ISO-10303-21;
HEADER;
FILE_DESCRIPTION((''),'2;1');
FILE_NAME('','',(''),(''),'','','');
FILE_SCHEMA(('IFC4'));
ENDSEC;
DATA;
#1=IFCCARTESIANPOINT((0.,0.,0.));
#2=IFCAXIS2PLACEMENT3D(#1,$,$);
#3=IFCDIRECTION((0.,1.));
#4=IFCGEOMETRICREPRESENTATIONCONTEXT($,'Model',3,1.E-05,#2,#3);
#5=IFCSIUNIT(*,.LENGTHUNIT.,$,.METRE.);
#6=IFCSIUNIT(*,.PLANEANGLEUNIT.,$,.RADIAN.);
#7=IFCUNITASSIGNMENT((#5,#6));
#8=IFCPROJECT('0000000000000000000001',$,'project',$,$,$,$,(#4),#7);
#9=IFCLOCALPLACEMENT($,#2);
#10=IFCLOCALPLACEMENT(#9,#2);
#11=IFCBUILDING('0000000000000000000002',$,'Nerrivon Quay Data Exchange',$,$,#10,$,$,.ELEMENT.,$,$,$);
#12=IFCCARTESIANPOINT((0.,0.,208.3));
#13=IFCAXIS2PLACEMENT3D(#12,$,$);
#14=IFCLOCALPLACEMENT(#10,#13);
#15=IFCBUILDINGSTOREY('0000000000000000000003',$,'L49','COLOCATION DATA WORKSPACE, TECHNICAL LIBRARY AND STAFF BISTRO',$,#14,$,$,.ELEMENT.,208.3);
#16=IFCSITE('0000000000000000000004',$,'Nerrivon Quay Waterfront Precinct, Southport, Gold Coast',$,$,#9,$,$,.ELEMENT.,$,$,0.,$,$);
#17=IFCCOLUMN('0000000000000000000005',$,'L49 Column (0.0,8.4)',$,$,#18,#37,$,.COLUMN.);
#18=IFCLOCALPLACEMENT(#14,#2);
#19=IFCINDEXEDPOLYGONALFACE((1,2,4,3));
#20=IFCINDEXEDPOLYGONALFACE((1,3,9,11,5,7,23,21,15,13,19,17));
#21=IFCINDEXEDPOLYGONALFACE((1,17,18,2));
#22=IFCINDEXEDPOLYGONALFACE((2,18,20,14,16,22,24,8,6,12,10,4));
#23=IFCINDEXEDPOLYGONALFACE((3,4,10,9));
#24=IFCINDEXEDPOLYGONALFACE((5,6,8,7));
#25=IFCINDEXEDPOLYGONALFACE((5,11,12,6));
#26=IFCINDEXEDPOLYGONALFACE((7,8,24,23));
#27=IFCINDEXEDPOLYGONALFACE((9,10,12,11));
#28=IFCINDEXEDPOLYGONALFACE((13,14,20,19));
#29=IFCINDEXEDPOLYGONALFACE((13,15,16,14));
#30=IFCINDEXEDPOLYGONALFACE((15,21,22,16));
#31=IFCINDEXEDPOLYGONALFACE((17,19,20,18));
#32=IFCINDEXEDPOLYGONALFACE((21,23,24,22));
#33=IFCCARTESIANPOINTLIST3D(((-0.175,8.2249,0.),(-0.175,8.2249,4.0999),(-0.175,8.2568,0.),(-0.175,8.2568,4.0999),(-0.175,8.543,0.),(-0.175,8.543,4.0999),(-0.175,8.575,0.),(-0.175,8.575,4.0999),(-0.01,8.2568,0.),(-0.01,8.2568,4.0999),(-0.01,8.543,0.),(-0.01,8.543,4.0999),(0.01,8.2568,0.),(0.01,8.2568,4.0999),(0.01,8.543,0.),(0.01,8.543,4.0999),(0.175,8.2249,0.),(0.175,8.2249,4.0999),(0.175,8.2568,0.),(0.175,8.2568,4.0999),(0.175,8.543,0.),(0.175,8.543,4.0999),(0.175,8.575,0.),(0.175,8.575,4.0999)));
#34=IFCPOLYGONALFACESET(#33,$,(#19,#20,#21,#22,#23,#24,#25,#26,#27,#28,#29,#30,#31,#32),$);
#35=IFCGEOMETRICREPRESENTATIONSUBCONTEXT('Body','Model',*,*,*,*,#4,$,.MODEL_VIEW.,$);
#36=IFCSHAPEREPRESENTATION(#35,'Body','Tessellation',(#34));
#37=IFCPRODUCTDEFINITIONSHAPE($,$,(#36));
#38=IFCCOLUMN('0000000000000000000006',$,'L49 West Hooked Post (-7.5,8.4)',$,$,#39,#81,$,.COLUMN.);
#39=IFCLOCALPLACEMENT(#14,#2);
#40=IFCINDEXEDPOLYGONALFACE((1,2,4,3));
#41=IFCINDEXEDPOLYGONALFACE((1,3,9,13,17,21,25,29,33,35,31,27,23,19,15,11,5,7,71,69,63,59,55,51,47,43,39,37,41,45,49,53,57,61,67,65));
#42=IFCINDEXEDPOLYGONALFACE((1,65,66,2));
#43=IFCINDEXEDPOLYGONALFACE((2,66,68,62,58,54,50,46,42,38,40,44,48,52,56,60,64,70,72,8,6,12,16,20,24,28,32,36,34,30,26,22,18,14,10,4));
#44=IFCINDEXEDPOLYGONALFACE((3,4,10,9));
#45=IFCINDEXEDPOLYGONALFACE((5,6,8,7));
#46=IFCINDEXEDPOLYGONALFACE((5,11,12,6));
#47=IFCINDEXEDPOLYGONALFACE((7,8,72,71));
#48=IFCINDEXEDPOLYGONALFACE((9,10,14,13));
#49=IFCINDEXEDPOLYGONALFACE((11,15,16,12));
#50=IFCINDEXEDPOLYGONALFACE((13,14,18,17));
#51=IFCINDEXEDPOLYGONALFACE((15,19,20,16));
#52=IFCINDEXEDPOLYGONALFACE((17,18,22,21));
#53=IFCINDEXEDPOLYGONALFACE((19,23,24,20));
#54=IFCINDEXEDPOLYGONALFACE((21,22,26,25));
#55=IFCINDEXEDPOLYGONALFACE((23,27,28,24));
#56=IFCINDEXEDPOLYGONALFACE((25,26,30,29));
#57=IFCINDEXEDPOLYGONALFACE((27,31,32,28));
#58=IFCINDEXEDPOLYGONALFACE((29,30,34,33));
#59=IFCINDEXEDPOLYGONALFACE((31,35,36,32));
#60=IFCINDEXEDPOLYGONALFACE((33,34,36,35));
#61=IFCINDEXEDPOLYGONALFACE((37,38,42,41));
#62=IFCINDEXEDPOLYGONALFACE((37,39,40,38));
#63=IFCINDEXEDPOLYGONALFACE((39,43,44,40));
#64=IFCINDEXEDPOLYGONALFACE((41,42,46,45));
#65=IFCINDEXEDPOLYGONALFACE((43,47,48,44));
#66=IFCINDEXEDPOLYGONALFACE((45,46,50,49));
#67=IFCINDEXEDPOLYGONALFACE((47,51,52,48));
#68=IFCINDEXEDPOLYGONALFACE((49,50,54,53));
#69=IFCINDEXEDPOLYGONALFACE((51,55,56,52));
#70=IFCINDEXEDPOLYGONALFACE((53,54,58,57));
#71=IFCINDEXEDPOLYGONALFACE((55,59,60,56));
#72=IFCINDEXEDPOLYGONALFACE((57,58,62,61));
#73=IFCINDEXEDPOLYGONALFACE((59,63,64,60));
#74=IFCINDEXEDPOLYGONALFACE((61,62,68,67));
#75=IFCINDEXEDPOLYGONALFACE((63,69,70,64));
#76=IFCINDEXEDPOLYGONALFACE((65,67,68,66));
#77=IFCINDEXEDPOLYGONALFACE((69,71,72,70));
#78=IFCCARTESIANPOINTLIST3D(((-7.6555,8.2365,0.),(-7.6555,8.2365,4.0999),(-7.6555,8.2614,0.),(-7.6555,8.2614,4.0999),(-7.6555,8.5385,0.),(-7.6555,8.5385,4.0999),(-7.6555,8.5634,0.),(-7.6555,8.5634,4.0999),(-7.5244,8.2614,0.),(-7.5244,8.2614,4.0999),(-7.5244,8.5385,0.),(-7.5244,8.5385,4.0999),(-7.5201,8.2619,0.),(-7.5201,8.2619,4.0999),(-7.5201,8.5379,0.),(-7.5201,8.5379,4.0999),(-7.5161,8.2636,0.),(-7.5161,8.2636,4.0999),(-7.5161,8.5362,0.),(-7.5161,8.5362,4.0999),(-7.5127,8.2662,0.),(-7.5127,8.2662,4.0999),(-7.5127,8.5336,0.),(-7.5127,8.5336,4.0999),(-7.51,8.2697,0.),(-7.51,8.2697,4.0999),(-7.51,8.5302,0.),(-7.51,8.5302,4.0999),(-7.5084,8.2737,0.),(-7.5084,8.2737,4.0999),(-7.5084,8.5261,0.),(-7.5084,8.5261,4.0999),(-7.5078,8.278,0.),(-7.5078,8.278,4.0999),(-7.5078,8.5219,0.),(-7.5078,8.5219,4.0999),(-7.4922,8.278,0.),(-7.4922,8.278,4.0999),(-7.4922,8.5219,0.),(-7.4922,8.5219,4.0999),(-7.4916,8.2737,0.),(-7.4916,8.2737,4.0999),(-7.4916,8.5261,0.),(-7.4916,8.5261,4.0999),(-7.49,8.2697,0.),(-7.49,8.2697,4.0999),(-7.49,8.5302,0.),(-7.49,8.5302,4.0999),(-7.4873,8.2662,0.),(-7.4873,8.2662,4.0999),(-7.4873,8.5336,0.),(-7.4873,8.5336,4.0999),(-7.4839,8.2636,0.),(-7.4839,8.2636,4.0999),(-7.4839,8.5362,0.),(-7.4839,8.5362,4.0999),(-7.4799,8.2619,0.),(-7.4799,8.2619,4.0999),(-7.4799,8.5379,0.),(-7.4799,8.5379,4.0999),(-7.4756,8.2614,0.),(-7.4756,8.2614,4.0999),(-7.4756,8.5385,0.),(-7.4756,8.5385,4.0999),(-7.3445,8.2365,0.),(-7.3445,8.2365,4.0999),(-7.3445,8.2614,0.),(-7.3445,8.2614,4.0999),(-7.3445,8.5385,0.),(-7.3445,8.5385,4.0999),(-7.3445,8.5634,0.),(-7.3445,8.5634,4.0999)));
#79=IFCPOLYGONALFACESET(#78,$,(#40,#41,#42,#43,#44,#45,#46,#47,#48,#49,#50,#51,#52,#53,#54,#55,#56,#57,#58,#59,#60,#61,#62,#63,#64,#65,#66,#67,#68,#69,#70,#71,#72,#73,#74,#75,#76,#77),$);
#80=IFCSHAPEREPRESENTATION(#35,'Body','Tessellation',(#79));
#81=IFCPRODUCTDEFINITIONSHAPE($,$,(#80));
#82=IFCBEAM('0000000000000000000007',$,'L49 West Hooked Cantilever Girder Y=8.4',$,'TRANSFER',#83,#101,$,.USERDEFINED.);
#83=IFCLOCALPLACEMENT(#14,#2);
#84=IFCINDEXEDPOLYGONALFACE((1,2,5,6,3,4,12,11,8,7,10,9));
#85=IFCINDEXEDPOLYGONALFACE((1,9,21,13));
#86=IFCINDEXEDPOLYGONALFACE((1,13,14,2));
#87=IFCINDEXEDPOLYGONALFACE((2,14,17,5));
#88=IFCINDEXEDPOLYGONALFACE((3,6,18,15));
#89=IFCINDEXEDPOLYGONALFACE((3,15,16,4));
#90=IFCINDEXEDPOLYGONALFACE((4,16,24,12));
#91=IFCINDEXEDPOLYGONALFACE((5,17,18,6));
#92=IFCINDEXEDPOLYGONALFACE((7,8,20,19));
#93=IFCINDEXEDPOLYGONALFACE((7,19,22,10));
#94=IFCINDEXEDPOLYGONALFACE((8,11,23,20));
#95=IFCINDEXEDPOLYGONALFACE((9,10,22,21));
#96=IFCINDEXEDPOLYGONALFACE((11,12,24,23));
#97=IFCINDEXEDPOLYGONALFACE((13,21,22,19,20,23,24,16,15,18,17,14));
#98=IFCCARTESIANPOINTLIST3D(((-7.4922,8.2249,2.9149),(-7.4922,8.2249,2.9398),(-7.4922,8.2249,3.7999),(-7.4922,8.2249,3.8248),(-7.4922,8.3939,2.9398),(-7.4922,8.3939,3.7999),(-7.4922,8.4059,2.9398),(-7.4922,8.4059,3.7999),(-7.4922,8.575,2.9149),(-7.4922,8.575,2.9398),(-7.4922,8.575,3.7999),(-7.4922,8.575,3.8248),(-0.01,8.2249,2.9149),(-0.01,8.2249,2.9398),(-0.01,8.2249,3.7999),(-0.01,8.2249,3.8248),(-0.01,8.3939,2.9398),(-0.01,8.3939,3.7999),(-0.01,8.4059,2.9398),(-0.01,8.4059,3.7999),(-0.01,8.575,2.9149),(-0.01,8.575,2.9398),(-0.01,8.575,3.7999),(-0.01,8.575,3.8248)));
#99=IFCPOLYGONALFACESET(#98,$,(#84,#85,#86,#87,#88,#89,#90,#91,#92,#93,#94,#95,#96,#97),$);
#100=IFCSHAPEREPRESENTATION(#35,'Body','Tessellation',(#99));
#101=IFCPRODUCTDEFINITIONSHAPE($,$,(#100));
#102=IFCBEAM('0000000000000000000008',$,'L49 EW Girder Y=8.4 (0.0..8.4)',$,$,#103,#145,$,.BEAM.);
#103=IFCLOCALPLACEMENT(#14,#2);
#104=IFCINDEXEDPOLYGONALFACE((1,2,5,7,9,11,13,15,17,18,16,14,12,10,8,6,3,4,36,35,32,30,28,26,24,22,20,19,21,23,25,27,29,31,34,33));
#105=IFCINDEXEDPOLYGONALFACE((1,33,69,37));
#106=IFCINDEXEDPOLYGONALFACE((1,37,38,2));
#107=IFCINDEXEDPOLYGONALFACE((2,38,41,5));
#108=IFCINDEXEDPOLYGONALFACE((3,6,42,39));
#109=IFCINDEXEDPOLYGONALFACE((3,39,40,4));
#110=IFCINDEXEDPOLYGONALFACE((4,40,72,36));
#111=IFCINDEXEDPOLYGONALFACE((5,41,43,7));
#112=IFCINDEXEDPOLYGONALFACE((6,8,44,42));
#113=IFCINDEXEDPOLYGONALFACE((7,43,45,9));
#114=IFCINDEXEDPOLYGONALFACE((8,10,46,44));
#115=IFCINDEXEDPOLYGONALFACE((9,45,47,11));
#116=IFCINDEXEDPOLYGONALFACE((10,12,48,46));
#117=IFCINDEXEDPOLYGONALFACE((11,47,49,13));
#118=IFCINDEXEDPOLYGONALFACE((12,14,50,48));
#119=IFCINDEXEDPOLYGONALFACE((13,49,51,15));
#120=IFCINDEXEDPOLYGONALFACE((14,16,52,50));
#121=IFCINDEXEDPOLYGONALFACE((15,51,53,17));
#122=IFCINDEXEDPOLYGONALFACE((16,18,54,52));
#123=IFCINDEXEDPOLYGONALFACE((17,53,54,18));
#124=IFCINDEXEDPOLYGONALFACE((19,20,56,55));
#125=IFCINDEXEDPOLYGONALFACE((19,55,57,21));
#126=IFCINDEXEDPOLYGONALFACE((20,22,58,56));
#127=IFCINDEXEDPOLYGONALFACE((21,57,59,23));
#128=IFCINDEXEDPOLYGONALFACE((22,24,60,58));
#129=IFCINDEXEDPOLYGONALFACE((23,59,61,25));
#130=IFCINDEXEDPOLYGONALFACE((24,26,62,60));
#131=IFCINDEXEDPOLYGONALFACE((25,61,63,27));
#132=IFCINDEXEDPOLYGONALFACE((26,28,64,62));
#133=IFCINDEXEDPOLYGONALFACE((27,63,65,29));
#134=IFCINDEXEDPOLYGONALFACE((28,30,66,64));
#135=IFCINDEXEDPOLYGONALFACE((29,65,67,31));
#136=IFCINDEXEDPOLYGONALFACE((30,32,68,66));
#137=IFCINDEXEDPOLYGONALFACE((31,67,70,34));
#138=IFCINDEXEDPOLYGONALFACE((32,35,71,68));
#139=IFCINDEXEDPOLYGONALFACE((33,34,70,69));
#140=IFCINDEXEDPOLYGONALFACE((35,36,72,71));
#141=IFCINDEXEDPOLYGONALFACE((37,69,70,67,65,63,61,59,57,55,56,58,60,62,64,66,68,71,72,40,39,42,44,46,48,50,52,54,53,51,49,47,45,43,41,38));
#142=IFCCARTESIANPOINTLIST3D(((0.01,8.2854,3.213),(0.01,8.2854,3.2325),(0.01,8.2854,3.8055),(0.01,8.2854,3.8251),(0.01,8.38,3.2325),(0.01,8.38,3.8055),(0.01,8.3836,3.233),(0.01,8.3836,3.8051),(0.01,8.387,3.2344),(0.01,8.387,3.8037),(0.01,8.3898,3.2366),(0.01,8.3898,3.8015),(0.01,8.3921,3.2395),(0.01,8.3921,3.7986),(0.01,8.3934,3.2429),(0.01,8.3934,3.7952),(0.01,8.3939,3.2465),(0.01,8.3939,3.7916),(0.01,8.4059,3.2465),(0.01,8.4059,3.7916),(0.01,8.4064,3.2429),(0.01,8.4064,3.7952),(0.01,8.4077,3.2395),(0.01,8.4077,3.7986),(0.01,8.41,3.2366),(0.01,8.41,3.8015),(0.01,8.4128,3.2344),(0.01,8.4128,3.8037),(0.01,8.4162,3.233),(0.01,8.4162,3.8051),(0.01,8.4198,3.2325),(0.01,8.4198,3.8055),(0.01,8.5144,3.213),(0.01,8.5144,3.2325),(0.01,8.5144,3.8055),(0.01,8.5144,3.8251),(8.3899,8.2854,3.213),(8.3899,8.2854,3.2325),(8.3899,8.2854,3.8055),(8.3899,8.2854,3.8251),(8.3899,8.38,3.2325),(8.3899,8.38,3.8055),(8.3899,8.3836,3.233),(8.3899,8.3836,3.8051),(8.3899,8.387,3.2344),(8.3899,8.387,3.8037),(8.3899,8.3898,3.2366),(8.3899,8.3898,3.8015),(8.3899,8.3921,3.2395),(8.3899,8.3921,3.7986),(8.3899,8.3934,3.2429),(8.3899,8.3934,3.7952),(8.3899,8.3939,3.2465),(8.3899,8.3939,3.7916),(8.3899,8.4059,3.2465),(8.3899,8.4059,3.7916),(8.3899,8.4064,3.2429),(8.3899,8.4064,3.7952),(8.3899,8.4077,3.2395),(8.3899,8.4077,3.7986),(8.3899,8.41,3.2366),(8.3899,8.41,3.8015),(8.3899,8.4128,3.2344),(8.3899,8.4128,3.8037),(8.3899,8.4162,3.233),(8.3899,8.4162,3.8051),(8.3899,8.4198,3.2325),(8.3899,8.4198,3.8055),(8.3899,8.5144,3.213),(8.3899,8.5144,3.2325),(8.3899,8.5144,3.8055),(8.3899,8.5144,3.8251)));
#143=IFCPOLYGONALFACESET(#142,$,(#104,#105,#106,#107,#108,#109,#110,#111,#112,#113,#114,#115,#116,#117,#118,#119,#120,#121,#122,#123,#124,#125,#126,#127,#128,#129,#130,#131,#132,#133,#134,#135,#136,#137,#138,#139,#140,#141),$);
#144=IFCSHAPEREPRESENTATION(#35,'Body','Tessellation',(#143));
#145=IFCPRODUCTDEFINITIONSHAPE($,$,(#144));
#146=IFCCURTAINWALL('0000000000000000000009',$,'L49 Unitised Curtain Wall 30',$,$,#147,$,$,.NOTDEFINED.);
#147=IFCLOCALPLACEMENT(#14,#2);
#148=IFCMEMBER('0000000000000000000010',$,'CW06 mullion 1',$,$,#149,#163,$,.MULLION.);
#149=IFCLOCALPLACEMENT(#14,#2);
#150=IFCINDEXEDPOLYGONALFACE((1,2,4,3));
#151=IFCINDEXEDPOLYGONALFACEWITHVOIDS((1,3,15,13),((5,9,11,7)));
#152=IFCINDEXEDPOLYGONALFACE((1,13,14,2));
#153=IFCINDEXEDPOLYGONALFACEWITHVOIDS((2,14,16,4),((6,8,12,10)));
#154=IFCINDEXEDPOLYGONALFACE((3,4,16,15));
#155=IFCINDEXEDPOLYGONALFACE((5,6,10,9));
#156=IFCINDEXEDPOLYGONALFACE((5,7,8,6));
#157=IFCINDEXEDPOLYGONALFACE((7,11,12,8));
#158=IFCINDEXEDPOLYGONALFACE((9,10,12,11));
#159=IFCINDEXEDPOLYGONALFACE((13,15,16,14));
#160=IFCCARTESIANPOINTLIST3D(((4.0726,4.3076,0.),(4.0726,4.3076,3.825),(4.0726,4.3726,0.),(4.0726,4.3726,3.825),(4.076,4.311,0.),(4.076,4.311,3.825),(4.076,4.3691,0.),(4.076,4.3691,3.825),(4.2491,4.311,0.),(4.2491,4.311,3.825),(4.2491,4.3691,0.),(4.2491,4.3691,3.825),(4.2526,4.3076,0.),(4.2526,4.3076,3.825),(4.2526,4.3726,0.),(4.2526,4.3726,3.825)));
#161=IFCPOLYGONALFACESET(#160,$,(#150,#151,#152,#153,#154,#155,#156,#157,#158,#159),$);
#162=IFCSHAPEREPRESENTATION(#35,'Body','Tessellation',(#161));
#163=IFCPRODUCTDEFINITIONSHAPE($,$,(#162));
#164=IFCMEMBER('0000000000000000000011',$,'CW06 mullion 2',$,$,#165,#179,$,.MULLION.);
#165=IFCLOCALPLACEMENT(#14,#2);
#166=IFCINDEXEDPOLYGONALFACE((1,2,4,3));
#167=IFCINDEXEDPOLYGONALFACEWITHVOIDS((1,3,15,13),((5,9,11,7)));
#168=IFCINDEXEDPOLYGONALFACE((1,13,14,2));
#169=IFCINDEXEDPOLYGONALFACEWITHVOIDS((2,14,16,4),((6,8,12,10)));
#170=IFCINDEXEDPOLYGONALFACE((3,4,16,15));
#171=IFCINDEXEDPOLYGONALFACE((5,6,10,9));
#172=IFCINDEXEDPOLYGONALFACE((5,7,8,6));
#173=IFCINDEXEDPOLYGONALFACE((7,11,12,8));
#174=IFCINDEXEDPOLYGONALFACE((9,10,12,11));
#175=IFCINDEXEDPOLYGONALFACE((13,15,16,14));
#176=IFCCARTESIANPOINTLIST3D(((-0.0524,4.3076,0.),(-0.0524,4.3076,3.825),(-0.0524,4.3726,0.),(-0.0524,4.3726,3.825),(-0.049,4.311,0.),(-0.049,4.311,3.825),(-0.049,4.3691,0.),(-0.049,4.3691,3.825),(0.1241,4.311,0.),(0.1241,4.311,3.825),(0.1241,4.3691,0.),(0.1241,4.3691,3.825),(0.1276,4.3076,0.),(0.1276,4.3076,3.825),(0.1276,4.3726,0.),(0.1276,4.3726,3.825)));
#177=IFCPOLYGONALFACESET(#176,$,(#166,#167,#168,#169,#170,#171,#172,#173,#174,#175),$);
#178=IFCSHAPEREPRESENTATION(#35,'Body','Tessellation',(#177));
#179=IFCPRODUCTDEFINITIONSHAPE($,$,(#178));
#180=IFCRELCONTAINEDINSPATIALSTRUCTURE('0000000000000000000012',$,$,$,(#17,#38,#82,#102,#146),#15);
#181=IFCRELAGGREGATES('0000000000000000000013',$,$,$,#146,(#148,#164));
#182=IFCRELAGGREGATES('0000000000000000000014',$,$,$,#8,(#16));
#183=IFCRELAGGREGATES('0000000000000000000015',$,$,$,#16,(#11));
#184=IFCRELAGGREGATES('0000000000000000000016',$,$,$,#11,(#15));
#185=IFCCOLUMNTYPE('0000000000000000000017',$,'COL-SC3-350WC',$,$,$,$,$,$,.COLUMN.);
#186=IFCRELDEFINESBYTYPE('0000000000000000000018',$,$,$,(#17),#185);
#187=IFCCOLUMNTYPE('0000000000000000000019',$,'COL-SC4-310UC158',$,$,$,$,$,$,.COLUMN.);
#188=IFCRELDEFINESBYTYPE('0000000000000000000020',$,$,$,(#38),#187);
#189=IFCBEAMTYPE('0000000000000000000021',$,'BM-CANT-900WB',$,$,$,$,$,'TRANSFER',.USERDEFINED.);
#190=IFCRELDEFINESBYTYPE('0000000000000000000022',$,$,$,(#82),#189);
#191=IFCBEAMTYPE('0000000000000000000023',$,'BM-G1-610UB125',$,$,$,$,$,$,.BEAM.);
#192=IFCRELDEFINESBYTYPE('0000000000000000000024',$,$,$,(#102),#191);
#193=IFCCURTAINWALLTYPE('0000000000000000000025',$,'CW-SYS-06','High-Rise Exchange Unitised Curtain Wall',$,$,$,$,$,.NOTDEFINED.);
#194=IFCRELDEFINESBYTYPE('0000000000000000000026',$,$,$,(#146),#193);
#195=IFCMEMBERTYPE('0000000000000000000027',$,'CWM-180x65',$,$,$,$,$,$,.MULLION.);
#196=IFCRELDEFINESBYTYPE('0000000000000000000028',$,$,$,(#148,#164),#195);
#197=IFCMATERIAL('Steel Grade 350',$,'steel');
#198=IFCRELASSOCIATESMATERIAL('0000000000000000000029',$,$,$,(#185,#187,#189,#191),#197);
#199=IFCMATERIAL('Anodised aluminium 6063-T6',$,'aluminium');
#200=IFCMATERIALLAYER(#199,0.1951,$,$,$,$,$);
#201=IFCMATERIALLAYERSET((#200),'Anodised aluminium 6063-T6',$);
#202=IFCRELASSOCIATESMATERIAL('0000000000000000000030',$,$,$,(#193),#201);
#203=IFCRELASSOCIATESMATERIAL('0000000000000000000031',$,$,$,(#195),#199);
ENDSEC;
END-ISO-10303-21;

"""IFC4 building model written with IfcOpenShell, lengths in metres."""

from ifc_helpers import new_model, si_unit, direction, frame, origin, origin_2d, place, context, subcontext, project, spatial, hollow_rectangle, i_section, extrude, material, layer, layer_set, material_profile, profile_set, type_object, element, aggregate, save


model = new_model("IFC4")

# Units and contexts
model_context = context("Model", 3, precision=1e-05, world=origin(), true_north=direction((0.0, 1.0)))
body_context = subcontext(model_context, "Body", "Model", "MODEL_VIEW")
ifc_project = project(units=[si_unit("LENGTHUNIT", "METRE"), si_unit("PLANEANGLEUNIT", "RADIAN")], contexts=[model_context])

# Site, building, storey
site_placement = place(None, origin())
site = spatial("IfcSite", under=ifc_project, at=site_placement, Name="Nerrivon Quay Waterfront Precinct, Southport, Gold Coast", CompositionType="ELEMENT", RefElevation=0.0)
building_placement = place(site_placement, origin())
building = spatial("IfcBuilding", under=site, at=building_placement, Name="Nerrivon Quay Data Exchange", CompositionType="ELEMENT")
storey_placement = place(building_placement, frame((0.0, 0.0, 208.3)))
storey = spatial("IfcBuildingStorey", under=building, at=storey_placement, Name="L49", Description="COLOCATION DATA WORKSPACE, TECHNICAL LIBRARY AND STAFF BISTRO", CompositionType="ELEMENT", Elevation=208.3)

# Columns
ifc_material_1 = material(Name="Steel Grade 350", Category="steel")
ifc_material_profile_1 = material_profile(ifc_material_1, i_section(OverallWidth=0.3501, OverallDepth=0.3501, WebThickness=0.02, FlangeThickness=0.032, at=origin_2d()), Name="350WC230")
ifc_profile_set_1 = profile_set([ifc_material_profile_1], Name="Steel Grade 350")
column_type_1 = type_object("IfcColumnType", Name="COL-SC3-350WC", PredefinedType="COLUMN", material=ifc_profile_set_1)
column_1_placement = place(storey_placement, frame((0.0, 8.3999, 0.0), z_axis=(0.0, 0.0, 1.0), x_axis=(1.0, 0.0, 0.0)))
element("IfcColumn", 1, at=column_1_placement, inside=storey, type_object=column_type_1, Name="L49 Column (0.0,8.4)", PredefinedType="COLUMN", context=body_context, shape_type="SweptSolid", body=[
    extrude(i_section(OverallWidth=0.3501, OverallDepth=0.3501, WebThickness=0.02, FlangeThickness=0.032, at=origin_2d()), origin(), (0.0, 0.0, 1.0), 4.0999),
])
ifc_material_profile_2 = material_profile(ifc_material_1, i_section(OverallWidth=0.311, OverallDepth=0.3269, WebThickness=0.0156, FlangeThickness=0.0249, FilletRadius=0.0166, at=origin_2d()), Name="310UC158")
ifc_profile_set_2 = profile_set([ifc_material_profile_2], Name="Steel Grade 350")
column_type_2 = type_object("IfcColumnType", Name="COL-SC4-310UC158", PredefinedType="COLUMN", material=ifc_profile_set_2)
column_2_placement = place(storey_placement, frame((-7.5, 8.3999, 0.0), z_axis=(0.0, 0.0, 1.0), x_axis=(1.0, 0.0, 0.0)))
element("IfcColumn", 2, at=column_2_placement, inside=storey, type_object=column_type_2, Name="L49 West Hooked Post (-7.5,8.4)", PredefinedType="COLUMN", context=body_context, shape_type="SweptSolid", body=[
    extrude(i_section(OverallWidth=0.311, OverallDepth=0.3269, WebThickness=0.0156, FlangeThickness=0.0249, FilletRadius=0.0166, at=origin_2d()), origin(), (0.0, 0.0, 1.0), 4.0999),
])

# Beams
ifc_material_profile_3 = material_profile(ifc_material_1, i_section(OverallWidth=0.3501, OverallDepth=0.9099, WebThickness=0.012, FlangeThickness=0.0249, at=origin_2d()), Name="900WB218")
ifc_profile_set_3 = profile_set([ifc_material_profile_3], Name="Steel Grade 350")
beam_type_1 = type_object("IfcBeamType", Name="BM-CANT-900WB", ElementType="TRANSFER", PredefinedType="USERDEFINED", material=ifc_profile_set_3)
beam_1_placement = place(storey_placement, frame((-0.01, 8.3999, 3.3699), z_axis=(-1.0, 0.0, 0.0), x_axis=(0.0, -1.0, 0.0)))
element("IfcBeam", 3, at=beam_1_placement, inside=storey, type_object=beam_type_1, Name="L49 West Hooked Cantilever Girder Y=8.4", ObjectType="TRANSFER", PredefinedType="USERDEFINED", context=body_context, shape_type="SweptSolid", body=[
    extrude(i_section(OverallWidth=0.3501, OverallDepth=0.9099, WebThickness=0.012, FlangeThickness=0.0249, at=origin_2d()), origin(), (0.0, 0.0, 1.0), 7.4822),
])
ifc_material_profile_4 = material_profile(ifc_material_1, i_section(OverallWidth=0.229, OverallDepth=0.6121, WebThickness=0.012, FlangeThickness=0.0195, FilletRadius=0.0139, at=origin_2d()), Name="610UB125")
ifc_profile_set_4 = profile_set([ifc_material_profile_4], Name="Steel Grade 350")
beam_type_2 = type_object("IfcBeamType", Name="BM-G1-610UB125", PredefinedType="BEAM", material=ifc_profile_set_4)
beam_2_placement = place(storey_placement, frame((0.01, 8.3999, 3.519), z_axis=(1.0, 0.0, 0.0), x_axis=(0.0, 1.0, 0.0)))
element("IfcBeam", 4, at=beam_2_placement, inside=storey, type_object=beam_type_2, Name="L49 EW Girder Y=8.4 (0.0..8.4)", PredefinedType="BEAM", context=body_context, shape_type="SweptSolid", body=[
    extrude(i_section(OverallWidth=0.229, OverallDepth=0.6121, WebThickness=0.012, FlangeThickness=0.0195, FilletRadius=0.0139, at=origin_2d()), origin(), (0.0, 0.0, 1.0), 8.3799),
])

# Curtain wall, members
ifc_material_2 = material(Name="Anodised aluminium 6063-T6", Category="aluminium")
ifc_layer_1 = layer(ifc_material_2, 0.1951)
ifc_layer_set_1 = layer_set([ifc_layer_1], Name="Anodised aluminium 6063-T6")
curtain_wall_type_1 = type_object("IfcCurtainWallType", Name="CW-SYS-06", Description="High-Rise Exchange Unitised Curtain Wall", PredefinedType="NOTDEFINED", material=ifc_layer_set_1)
curtain_wall_1_placement = place(storey_placement, origin())
curtain_wall_1 = element("IfcCurtainWall", 5, at=curtain_wall_1_placement, inside=storey, type_object=curtain_wall_type_1, Name="L49 Unitised Curtain Wall 30", PredefinedType="NOTDEFINED")
ifc_material_profile_5 = material_profile(ifc_material_2, hollow_rectangle(XDim=0.0649, YDim=0.1799, WallThickness=0.0034, at=origin_2d()), Name="ALU-MULL-180x65")
ifc_profile_set_5 = profile_set([ifc_material_profile_5], Name="Anodised aluminium 6063-T6")
member_type_1 = type_object("IfcMemberType", Name="CWM-180x65", PredefinedType="MULLION", material=ifc_profile_set_5)
member_1_placement = place(storey_placement, frame((4.1626, 4.3401, 0.0), z_axis=(0.0, 0.0, 1.0), x_axis=(0.0, -1.0, 0.0)))
member_1 = element("IfcMember", 6, at=member_1_placement, type_object=member_type_1, Name="CW06 mullion 1", PredefinedType="MULLION", context=body_context, shape_type="SweptSolid", body=[
    extrude(hollow_rectangle(XDim=0.0649, YDim=0.1799, WallThickness=0.0034, at=origin_2d()), origin(), (0.0, 0.0, 1.0), 3.825),
])
member_2_placement = place(storey_placement, frame((0.0376, 4.3401, 0.0), z_axis=(0.0, 0.0, 1.0), x_axis=(0.0, -1.0, 0.0)))
member_2 = element("IfcMember", 7, at=member_2_placement, type_object=member_type_1, Name="CW06 mullion 2", PredefinedType="MULLION", context=body_context, shape_type="SweptSolid", body=[
    extrude(hollow_rectangle(XDim=0.0649, YDim=0.1799, WallThickness=0.0034, at=origin_2d()), origin(), (0.0, 0.0, 1.0), 3.825),
])

aggregate(curtain_wall_1, [member_1, member_2])

save(model, "model.ifc")
